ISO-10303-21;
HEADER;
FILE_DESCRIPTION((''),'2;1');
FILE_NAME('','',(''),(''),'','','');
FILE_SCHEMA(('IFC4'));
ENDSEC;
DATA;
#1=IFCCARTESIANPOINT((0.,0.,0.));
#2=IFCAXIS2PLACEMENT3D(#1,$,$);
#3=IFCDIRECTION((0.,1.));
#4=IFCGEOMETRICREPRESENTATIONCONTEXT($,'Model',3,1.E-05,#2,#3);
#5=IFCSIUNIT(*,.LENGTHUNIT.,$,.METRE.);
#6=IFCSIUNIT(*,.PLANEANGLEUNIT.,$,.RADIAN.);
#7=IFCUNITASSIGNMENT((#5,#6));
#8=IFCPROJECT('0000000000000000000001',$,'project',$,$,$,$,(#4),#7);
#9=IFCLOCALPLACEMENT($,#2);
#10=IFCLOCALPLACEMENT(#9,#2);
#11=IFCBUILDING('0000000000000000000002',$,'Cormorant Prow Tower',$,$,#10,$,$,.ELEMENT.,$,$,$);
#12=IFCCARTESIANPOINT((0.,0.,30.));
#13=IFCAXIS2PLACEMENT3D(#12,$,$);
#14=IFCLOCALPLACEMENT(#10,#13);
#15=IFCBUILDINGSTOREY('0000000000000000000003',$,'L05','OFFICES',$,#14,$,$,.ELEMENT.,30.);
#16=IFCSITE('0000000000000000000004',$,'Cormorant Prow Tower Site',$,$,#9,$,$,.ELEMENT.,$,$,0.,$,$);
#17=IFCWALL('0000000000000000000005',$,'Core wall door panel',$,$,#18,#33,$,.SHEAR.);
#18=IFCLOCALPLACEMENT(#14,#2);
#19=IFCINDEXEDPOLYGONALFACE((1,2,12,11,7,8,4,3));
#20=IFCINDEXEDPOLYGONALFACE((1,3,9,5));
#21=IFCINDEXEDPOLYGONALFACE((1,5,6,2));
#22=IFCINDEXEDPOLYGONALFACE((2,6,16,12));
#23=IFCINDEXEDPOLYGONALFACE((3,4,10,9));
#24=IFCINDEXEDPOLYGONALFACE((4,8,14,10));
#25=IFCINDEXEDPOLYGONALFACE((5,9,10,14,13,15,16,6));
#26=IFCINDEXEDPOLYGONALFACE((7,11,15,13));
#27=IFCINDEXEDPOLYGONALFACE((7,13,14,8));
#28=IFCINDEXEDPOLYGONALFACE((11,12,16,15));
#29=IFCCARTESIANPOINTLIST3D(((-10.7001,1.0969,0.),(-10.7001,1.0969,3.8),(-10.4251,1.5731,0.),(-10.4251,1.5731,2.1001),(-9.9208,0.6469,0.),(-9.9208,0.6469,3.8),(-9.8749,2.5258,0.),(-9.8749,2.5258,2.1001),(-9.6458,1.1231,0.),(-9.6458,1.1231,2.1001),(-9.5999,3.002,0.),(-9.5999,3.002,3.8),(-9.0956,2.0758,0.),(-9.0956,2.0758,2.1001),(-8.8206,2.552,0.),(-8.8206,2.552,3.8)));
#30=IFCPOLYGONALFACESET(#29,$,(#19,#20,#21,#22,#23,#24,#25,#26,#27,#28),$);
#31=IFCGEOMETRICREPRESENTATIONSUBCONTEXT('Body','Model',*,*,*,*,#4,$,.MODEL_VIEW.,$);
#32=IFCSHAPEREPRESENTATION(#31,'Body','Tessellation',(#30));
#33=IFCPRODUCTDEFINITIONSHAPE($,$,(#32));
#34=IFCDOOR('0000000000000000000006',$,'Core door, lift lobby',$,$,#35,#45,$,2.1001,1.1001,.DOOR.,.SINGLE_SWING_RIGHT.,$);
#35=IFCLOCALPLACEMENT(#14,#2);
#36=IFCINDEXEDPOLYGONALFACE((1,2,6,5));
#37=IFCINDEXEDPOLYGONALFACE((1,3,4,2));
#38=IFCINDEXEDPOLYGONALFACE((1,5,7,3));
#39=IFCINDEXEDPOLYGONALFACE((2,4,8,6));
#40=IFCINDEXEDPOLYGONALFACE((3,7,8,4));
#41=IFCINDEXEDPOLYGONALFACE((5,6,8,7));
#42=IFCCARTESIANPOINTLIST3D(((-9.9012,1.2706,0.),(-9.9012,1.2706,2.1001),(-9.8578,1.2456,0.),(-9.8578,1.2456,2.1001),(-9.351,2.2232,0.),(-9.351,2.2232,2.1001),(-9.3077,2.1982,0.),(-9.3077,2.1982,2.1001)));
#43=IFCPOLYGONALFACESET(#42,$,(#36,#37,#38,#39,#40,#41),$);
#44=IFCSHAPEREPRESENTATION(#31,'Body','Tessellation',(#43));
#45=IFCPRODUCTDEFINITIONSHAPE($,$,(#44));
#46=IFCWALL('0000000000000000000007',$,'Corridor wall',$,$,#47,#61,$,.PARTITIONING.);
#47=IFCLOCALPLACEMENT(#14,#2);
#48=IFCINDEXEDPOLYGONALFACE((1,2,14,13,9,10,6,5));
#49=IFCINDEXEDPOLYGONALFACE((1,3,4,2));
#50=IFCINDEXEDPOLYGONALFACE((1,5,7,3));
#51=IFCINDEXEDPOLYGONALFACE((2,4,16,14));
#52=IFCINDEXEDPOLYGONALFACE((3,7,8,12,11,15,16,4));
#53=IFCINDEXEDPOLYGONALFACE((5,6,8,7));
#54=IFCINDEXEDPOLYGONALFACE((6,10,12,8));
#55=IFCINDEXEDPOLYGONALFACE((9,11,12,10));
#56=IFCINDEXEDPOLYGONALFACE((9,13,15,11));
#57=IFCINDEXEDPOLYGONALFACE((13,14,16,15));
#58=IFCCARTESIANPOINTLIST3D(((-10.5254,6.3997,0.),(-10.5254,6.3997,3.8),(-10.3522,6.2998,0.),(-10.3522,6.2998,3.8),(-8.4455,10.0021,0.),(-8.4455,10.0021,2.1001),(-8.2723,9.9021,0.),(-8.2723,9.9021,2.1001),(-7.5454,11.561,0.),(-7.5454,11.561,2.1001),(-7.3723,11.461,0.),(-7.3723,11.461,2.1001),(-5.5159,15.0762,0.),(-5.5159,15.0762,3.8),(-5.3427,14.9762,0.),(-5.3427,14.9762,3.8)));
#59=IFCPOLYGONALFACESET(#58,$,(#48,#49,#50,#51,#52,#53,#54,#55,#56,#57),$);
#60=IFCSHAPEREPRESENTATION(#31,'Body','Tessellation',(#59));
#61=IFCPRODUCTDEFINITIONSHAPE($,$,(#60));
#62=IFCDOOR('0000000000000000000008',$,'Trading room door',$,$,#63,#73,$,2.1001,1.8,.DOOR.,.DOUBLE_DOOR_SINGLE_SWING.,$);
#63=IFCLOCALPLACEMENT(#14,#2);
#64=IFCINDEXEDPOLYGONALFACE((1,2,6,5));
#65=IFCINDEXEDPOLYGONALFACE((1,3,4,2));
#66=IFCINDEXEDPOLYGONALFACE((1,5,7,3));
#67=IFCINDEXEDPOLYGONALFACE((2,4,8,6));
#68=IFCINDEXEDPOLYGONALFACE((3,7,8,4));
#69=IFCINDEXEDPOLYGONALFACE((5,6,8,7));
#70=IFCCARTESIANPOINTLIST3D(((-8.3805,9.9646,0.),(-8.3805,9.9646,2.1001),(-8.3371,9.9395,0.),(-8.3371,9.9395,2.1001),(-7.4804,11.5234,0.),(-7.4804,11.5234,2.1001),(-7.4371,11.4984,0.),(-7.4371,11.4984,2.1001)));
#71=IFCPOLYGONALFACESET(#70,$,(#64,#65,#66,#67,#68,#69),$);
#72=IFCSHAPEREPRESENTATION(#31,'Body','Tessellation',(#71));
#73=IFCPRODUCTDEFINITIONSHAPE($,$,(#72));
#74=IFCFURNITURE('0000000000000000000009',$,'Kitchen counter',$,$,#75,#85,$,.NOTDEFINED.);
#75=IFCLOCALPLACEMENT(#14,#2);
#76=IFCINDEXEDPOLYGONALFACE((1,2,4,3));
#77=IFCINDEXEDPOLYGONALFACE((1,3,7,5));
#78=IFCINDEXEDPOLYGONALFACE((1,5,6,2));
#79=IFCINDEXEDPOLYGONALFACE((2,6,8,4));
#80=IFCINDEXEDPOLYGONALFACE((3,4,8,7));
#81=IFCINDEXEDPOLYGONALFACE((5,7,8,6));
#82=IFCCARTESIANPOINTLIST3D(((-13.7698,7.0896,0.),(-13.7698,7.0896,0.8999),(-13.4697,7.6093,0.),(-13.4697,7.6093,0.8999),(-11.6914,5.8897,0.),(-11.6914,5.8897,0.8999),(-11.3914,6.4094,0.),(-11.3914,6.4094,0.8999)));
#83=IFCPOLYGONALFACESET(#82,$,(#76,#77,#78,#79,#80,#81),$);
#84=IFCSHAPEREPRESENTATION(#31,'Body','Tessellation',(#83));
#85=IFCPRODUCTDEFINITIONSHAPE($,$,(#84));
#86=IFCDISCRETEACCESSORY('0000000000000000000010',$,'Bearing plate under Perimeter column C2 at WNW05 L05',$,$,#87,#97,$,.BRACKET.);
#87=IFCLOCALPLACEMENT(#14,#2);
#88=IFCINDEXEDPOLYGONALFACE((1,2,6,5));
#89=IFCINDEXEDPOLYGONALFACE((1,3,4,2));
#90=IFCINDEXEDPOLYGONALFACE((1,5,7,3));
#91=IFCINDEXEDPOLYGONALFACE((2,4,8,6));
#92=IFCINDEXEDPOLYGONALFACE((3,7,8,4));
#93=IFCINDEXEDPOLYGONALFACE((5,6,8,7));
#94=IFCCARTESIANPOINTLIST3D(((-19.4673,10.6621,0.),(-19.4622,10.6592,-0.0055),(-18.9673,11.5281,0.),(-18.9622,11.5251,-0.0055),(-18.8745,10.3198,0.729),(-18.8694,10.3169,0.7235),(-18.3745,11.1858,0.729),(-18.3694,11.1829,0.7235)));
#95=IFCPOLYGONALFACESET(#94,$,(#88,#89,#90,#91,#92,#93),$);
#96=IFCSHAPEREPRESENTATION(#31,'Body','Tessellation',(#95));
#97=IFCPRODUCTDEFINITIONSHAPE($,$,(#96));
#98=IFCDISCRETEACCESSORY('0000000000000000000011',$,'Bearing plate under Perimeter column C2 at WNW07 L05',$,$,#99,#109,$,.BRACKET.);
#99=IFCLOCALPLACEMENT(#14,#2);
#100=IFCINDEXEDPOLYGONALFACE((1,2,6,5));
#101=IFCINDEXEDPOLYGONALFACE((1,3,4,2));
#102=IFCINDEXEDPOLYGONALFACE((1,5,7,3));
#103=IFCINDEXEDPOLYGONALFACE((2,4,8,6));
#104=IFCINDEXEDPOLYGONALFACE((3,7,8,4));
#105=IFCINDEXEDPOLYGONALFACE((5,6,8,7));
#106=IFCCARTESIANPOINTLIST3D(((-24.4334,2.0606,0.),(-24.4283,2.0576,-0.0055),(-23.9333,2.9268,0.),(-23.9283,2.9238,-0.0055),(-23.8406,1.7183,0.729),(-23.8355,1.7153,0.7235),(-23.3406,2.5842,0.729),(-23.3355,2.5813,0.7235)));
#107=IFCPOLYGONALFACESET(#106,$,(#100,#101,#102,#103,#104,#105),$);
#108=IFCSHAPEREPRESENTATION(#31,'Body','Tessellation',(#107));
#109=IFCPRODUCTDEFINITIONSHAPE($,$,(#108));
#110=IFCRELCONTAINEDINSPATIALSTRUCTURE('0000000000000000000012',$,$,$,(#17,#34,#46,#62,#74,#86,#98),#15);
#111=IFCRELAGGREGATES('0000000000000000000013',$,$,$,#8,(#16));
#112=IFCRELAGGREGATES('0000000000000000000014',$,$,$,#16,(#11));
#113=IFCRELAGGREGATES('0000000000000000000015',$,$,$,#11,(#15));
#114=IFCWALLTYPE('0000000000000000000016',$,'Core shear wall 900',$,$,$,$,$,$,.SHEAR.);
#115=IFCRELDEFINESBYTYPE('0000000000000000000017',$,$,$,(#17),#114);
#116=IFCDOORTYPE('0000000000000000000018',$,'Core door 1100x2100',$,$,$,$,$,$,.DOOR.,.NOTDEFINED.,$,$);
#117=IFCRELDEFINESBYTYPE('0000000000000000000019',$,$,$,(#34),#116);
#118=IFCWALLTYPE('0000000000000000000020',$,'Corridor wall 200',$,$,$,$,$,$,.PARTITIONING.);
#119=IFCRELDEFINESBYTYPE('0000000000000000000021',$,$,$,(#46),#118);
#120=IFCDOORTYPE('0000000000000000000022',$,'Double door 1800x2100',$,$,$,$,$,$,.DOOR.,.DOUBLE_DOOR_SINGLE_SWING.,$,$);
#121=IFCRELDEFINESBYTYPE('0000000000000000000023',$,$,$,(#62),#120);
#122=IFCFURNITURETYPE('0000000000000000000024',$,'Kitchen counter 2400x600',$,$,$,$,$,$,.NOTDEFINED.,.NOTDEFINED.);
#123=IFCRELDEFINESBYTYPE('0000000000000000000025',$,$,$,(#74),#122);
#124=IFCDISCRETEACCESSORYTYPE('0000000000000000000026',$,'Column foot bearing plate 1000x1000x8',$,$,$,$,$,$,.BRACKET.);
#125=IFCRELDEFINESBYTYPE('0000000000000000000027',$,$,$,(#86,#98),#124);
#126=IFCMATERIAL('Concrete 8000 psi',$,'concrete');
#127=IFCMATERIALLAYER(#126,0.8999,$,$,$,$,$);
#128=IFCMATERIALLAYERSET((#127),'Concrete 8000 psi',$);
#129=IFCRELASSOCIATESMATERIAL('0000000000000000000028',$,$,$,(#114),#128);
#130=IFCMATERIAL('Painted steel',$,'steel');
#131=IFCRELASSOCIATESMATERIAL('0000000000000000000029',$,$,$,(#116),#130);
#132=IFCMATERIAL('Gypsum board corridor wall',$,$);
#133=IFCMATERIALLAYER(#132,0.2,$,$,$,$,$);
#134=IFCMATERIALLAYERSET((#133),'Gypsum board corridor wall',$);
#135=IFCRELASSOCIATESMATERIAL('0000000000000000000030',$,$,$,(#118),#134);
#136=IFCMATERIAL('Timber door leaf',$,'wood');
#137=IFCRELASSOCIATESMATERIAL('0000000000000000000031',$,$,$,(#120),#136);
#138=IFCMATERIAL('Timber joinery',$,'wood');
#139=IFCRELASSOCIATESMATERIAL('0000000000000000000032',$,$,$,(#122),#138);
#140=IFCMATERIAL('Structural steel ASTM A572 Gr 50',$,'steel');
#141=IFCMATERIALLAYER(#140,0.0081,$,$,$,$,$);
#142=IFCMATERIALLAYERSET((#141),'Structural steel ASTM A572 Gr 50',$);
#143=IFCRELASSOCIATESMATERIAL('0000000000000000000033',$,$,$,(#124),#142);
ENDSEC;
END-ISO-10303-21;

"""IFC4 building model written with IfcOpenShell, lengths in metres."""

from ifc_helpers import new_model, si_unit, direction, frame, frame_2d, origin, origin_2d, place, context, subcontext, project, spatial, polyline, rectangle, outline, extrude, material, layer, layer_set, type_object, element, fill, save


model = new_model("IFC4")

# Units and contexts
model_context = context("Model", 3, precision=1e-05, world=origin(), true_north=direction((0.0, 1.0)))
body_context = subcontext(model_context, "Body", "Model", "MODEL_VIEW")
ifc_project = project(units=[si_unit("LENGTHUNIT", "METRE"), si_unit("PLANEANGLEUNIT", "RADIAN")], contexts=[model_context])

# Site, building, storey
site_placement = place(None, origin())
site = spatial("IfcSite", under=ifc_project, at=site_placement, Name="Cormorant Prow Tower Site", CompositionType="ELEMENT", RefElevation=0.0)
building_placement = place(site_placement, origin())
building = spatial("IfcBuilding", under=site, at=building_placement, Name="Cormorant Prow Tower", CompositionType="ELEMENT")
storey_placement = place(building_placement, frame((0.0, 0.0, 30.0)))
storey = spatial("IfcBuildingStorey", under=building, at=storey_placement, Name="L05", Description="OFFICES", CompositionType="ELEMENT", Elevation=30.0)

# Shared definitions
ifc_material_1 = material(Name="Concrete 8000 psi", Category="concrete")
ifc_layer_1 = layer(ifc_material_1, 0.8999)
ifc_layer_set_1 = layer_set([ifc_layer_1], Name="Concrete 8000 psi")
wall_type_1 = type_object("IfcWallType", Name="Core shear wall 900", PredefinedType="SHEAR", material=ifc_layer_set_1)

# Walls, openings, doors
wall_1_placement = place(storey_placement, frame((-9.2102, 2.7771, 0.0), z_axis=(0.0, 0.0, 1.0), x_axis=(-0.500078, -0.86598, 0.0)))
wall_1 = element("IfcWall", 1, at=wall_1_placement, inside=storey, type_object=wall_type_1, Name="Core wall door panel", PredefinedType="SHEAR", context=body_context, shape_type="SweptSolid", body=[
    extrude(rectangle(XDim=2.2, YDim=0.8999, at=frame_2d((1.1001, 0.0))), origin(), (0.0, 0.0, 1.0), 3.8),
])
opening_1_placement = place(wall_1_placement, frame((0.55, 0.0, 0.0)))
opening_1 = element("IfcOpeningElement", 2, at=opening_1_placement, cuts=wall_1, PredefinedType="OPENING", context=body_context, shape_type="SweptSolid", body=[
    extrude(rectangle(XDim=1.1001, YDim=2.1001, at=frame_2d((0.55, 1.05))), frame((0.0, 0.46, 0.0), z_axis=(0.0, -1.0, 0.0), x_axis=(1.0, 0.0, 0.0)), (0.0, 0.0, 1.0), 0.9199),
])
ifc_material_2 = material(Name="Painted steel", Category="steel")
door_type_1 = type_object("IfcDoorType", Name="Core door 1100x2100", OperationType="NOTDEFINED", PredefinedType="DOOR", material=ifc_material_2)
door_1_placement = place(opening_1_placement, origin())
door_1 = element("IfcDoor", 3, at=door_1_placement, inside=storey, type_object=door_type_1, Name="Core door, lift lobby", OperationType="SINGLE_SWING_RIGHT", OverallHeight=2.1001, OverallWidth=1.1001, PredefinedType="DOOR", context=body_context, shape_type="SweptSolid", body=[
    extrude(rectangle(XDim=1.1001, YDim=2.1001, at=frame_2d((0.55, 1.05))), frame((0.0, 0.2051, 0.0), z_axis=(0.0, -1.0, 0.0), x_axis=(1.0, 0.0, 0.0)), (0.0, 0.0, 1.0), 0.05),
])
fill(opening_1, door_1)
ifc_material_3 = material(Name="Gypsum board corridor wall")
ifc_layer_2 = layer(ifc_material_3, 0.2)
ifc_layer_set_2 = layer_set([ifc_layer_2], Name="Gypsum board corridor wall")
wall_type_2 = type_object("IfcWallType", Name="Corridor wall 200", PredefinedType="PARTITIONING", material=ifc_layer_set_2)
wall_2_placement = place(storey_placement, frame((-10.4387, 6.3499, 0.0), z_axis=(0.0, 0.0, 1.0), x_axis=(0.50001, 0.86602, 0.0)))
wall_2 = element("IfcWall", 4, at=wall_2_placement, inside=storey, type_object=wall_type_2, Name="Corridor wall", PredefinedType="PARTITIONING", context=body_context, shape_type="SweptSolid", body=[
    extrude(rectangle(XDim=10.0188, YDim=0.2, at=frame_2d((5.0093, 0.0))), origin(), (0.0, 0.0, 1.0), 3.8),
])
opening_2_placement = place(wall_2_placement, frame((4.1597, 0.0, 0.0)))
opening_2 = element("IfcOpeningElement", 5, at=opening_2_placement, cuts=wall_2, PredefinedType="OPENING", context=body_context, shape_type="SweptSolid", body=[
    extrude(rectangle(XDim=1.8, YDim=2.1001, at=frame_2d((0.8999, 1.05))), frame((0.0, 0.1099, 0.0), z_axis=(0.0, -1.0, 0.0), x_axis=(1.0, 0.0, 0.0)), (0.0, 0.0, 1.0), 0.22),
])
ifc_material_4 = material(Name="Timber door leaf", Category="wood")
door_type_2 = type_object("IfcDoorType", Name="Double door 1800x2100", OperationType="DOUBLE_DOOR_SINGLE_SWING", PredefinedType="DOOR", material=ifc_material_4)
door_2_placement = place(opening_2_placement, origin())
door_2 = element("IfcDoor", 6, at=door_2_placement, inside=storey, type_object=door_type_2, Name="Trading room door", OperationType="DOUBLE_DOOR_SINGLE_SWING", OverallHeight=2.1001, OverallWidth=1.8, PredefinedType="DOOR", context=body_context, shape_type="SweptSolid", body=[
    extrude(rectangle(XDim=1.8, YDim=2.1001, at=frame_2d((0.8999, 1.05))), frame((0.0, 0.0249, 0.0), z_axis=(0.0, -1.0, 0.0), x_axis=(1.0, 0.0, 0.0)), (0.0, 0.0, 1.0), 0.05),
])
fill(opening_2, door_2)

# Furniture
ifc_material_5 = material(Name="Timber joinery", Category="wood")
furniture_type = type_object("IfcFurnitureType", Name="Kitchen counter 2400x600", AssemblyPlace="NOTDEFINED", PredefinedType="NOTDEFINED", material=ifc_material_5)
furniture_placement = place(storey_placement, frame((-12.5806, 6.7495, 0.0), z_axis=(0.0, 0.0, 1.0), x_axis=(0.866025, -0.5, 0.0)))
element("IfcFurniture", 7, at=furniture_placement, inside=storey, type_object=furniture_type, Name="Kitchen counter", PredefinedType="NOTDEFINED", context=body_context, shape_type="SweptSolid", body=[
    extrude(rectangle(XDim=2.3999, YDim=0.6001, at=origin_2d()), origin(), (0.0, 0.0, 1.0), 0.8999),
])

# Discrete accessories
ifc_material_6 = material(Name="Structural steel ASTM A572 Gr 50", Category="steel")
ifc_layer_3 = layer(ifc_material_6, 0.0081)
ifc_layer_set_3 = layer_set([ifc_layer_3], Name="Structural steel ASTM A572 Gr 50")
discrete_accessory_type = type_object("IfcDiscreteAccessoryType", Name="Column foot bearing plate 1000x1000x8", PredefinedType="BRACKET", material=ifc_layer_set_3)
discrete_accessory_1_placement = place(storey_placement, frame((-18.8745, 10.3198, 0.729), z_axis=(-0.63133, 0.364523, 0.684504), x_axis=(0.500025, 0.866011, 0.0)))
element("IfcDiscreteAccessory", 8, at=discrete_accessory_1_placement, inside=storey, type_object=discrete_accessory_type, Name="Bearing plate under Perimeter column C2 at WNW05 L05", PredefinedType="BRACKET", context=body_context, shape_type="SweptSolid", body=[
    extrude(outline(polyline([(0.0, 0.0), (0.9999, 0.0), (1.0, 1.0), (0.0, 1.0), (0.0, 0.0)])), origin(), (0.0, 0.0, -1.0), 0.0081),
])
discrete_accessory_2_placement = place(storey_placement, frame((-23.8406, 1.7183, 0.729), z_axis=(-0.631325, 0.364469, 0.684537), x_axis=(0.499997, 0.866027, 0.00003)))
element("IfcDiscreteAccessory", 9, at=discrete_accessory_2_placement, inside=storey, type_object=discrete_accessory_type, Name="Bearing plate under Perimeter column C2 at WNW07 L05", PredefinedType="BRACKET", context=body_context, shape_type="SweptSolid", body=[
    extrude(outline(polyline([(0.0, 0.0), (0.9999, 0.0), (1.0002, 1.0001), (0.0, 1.0), (0.0, 0.0)])), origin(), (0.0, 0.0, -1.0), 0.0081),
])

save(model, "model.ifc")
